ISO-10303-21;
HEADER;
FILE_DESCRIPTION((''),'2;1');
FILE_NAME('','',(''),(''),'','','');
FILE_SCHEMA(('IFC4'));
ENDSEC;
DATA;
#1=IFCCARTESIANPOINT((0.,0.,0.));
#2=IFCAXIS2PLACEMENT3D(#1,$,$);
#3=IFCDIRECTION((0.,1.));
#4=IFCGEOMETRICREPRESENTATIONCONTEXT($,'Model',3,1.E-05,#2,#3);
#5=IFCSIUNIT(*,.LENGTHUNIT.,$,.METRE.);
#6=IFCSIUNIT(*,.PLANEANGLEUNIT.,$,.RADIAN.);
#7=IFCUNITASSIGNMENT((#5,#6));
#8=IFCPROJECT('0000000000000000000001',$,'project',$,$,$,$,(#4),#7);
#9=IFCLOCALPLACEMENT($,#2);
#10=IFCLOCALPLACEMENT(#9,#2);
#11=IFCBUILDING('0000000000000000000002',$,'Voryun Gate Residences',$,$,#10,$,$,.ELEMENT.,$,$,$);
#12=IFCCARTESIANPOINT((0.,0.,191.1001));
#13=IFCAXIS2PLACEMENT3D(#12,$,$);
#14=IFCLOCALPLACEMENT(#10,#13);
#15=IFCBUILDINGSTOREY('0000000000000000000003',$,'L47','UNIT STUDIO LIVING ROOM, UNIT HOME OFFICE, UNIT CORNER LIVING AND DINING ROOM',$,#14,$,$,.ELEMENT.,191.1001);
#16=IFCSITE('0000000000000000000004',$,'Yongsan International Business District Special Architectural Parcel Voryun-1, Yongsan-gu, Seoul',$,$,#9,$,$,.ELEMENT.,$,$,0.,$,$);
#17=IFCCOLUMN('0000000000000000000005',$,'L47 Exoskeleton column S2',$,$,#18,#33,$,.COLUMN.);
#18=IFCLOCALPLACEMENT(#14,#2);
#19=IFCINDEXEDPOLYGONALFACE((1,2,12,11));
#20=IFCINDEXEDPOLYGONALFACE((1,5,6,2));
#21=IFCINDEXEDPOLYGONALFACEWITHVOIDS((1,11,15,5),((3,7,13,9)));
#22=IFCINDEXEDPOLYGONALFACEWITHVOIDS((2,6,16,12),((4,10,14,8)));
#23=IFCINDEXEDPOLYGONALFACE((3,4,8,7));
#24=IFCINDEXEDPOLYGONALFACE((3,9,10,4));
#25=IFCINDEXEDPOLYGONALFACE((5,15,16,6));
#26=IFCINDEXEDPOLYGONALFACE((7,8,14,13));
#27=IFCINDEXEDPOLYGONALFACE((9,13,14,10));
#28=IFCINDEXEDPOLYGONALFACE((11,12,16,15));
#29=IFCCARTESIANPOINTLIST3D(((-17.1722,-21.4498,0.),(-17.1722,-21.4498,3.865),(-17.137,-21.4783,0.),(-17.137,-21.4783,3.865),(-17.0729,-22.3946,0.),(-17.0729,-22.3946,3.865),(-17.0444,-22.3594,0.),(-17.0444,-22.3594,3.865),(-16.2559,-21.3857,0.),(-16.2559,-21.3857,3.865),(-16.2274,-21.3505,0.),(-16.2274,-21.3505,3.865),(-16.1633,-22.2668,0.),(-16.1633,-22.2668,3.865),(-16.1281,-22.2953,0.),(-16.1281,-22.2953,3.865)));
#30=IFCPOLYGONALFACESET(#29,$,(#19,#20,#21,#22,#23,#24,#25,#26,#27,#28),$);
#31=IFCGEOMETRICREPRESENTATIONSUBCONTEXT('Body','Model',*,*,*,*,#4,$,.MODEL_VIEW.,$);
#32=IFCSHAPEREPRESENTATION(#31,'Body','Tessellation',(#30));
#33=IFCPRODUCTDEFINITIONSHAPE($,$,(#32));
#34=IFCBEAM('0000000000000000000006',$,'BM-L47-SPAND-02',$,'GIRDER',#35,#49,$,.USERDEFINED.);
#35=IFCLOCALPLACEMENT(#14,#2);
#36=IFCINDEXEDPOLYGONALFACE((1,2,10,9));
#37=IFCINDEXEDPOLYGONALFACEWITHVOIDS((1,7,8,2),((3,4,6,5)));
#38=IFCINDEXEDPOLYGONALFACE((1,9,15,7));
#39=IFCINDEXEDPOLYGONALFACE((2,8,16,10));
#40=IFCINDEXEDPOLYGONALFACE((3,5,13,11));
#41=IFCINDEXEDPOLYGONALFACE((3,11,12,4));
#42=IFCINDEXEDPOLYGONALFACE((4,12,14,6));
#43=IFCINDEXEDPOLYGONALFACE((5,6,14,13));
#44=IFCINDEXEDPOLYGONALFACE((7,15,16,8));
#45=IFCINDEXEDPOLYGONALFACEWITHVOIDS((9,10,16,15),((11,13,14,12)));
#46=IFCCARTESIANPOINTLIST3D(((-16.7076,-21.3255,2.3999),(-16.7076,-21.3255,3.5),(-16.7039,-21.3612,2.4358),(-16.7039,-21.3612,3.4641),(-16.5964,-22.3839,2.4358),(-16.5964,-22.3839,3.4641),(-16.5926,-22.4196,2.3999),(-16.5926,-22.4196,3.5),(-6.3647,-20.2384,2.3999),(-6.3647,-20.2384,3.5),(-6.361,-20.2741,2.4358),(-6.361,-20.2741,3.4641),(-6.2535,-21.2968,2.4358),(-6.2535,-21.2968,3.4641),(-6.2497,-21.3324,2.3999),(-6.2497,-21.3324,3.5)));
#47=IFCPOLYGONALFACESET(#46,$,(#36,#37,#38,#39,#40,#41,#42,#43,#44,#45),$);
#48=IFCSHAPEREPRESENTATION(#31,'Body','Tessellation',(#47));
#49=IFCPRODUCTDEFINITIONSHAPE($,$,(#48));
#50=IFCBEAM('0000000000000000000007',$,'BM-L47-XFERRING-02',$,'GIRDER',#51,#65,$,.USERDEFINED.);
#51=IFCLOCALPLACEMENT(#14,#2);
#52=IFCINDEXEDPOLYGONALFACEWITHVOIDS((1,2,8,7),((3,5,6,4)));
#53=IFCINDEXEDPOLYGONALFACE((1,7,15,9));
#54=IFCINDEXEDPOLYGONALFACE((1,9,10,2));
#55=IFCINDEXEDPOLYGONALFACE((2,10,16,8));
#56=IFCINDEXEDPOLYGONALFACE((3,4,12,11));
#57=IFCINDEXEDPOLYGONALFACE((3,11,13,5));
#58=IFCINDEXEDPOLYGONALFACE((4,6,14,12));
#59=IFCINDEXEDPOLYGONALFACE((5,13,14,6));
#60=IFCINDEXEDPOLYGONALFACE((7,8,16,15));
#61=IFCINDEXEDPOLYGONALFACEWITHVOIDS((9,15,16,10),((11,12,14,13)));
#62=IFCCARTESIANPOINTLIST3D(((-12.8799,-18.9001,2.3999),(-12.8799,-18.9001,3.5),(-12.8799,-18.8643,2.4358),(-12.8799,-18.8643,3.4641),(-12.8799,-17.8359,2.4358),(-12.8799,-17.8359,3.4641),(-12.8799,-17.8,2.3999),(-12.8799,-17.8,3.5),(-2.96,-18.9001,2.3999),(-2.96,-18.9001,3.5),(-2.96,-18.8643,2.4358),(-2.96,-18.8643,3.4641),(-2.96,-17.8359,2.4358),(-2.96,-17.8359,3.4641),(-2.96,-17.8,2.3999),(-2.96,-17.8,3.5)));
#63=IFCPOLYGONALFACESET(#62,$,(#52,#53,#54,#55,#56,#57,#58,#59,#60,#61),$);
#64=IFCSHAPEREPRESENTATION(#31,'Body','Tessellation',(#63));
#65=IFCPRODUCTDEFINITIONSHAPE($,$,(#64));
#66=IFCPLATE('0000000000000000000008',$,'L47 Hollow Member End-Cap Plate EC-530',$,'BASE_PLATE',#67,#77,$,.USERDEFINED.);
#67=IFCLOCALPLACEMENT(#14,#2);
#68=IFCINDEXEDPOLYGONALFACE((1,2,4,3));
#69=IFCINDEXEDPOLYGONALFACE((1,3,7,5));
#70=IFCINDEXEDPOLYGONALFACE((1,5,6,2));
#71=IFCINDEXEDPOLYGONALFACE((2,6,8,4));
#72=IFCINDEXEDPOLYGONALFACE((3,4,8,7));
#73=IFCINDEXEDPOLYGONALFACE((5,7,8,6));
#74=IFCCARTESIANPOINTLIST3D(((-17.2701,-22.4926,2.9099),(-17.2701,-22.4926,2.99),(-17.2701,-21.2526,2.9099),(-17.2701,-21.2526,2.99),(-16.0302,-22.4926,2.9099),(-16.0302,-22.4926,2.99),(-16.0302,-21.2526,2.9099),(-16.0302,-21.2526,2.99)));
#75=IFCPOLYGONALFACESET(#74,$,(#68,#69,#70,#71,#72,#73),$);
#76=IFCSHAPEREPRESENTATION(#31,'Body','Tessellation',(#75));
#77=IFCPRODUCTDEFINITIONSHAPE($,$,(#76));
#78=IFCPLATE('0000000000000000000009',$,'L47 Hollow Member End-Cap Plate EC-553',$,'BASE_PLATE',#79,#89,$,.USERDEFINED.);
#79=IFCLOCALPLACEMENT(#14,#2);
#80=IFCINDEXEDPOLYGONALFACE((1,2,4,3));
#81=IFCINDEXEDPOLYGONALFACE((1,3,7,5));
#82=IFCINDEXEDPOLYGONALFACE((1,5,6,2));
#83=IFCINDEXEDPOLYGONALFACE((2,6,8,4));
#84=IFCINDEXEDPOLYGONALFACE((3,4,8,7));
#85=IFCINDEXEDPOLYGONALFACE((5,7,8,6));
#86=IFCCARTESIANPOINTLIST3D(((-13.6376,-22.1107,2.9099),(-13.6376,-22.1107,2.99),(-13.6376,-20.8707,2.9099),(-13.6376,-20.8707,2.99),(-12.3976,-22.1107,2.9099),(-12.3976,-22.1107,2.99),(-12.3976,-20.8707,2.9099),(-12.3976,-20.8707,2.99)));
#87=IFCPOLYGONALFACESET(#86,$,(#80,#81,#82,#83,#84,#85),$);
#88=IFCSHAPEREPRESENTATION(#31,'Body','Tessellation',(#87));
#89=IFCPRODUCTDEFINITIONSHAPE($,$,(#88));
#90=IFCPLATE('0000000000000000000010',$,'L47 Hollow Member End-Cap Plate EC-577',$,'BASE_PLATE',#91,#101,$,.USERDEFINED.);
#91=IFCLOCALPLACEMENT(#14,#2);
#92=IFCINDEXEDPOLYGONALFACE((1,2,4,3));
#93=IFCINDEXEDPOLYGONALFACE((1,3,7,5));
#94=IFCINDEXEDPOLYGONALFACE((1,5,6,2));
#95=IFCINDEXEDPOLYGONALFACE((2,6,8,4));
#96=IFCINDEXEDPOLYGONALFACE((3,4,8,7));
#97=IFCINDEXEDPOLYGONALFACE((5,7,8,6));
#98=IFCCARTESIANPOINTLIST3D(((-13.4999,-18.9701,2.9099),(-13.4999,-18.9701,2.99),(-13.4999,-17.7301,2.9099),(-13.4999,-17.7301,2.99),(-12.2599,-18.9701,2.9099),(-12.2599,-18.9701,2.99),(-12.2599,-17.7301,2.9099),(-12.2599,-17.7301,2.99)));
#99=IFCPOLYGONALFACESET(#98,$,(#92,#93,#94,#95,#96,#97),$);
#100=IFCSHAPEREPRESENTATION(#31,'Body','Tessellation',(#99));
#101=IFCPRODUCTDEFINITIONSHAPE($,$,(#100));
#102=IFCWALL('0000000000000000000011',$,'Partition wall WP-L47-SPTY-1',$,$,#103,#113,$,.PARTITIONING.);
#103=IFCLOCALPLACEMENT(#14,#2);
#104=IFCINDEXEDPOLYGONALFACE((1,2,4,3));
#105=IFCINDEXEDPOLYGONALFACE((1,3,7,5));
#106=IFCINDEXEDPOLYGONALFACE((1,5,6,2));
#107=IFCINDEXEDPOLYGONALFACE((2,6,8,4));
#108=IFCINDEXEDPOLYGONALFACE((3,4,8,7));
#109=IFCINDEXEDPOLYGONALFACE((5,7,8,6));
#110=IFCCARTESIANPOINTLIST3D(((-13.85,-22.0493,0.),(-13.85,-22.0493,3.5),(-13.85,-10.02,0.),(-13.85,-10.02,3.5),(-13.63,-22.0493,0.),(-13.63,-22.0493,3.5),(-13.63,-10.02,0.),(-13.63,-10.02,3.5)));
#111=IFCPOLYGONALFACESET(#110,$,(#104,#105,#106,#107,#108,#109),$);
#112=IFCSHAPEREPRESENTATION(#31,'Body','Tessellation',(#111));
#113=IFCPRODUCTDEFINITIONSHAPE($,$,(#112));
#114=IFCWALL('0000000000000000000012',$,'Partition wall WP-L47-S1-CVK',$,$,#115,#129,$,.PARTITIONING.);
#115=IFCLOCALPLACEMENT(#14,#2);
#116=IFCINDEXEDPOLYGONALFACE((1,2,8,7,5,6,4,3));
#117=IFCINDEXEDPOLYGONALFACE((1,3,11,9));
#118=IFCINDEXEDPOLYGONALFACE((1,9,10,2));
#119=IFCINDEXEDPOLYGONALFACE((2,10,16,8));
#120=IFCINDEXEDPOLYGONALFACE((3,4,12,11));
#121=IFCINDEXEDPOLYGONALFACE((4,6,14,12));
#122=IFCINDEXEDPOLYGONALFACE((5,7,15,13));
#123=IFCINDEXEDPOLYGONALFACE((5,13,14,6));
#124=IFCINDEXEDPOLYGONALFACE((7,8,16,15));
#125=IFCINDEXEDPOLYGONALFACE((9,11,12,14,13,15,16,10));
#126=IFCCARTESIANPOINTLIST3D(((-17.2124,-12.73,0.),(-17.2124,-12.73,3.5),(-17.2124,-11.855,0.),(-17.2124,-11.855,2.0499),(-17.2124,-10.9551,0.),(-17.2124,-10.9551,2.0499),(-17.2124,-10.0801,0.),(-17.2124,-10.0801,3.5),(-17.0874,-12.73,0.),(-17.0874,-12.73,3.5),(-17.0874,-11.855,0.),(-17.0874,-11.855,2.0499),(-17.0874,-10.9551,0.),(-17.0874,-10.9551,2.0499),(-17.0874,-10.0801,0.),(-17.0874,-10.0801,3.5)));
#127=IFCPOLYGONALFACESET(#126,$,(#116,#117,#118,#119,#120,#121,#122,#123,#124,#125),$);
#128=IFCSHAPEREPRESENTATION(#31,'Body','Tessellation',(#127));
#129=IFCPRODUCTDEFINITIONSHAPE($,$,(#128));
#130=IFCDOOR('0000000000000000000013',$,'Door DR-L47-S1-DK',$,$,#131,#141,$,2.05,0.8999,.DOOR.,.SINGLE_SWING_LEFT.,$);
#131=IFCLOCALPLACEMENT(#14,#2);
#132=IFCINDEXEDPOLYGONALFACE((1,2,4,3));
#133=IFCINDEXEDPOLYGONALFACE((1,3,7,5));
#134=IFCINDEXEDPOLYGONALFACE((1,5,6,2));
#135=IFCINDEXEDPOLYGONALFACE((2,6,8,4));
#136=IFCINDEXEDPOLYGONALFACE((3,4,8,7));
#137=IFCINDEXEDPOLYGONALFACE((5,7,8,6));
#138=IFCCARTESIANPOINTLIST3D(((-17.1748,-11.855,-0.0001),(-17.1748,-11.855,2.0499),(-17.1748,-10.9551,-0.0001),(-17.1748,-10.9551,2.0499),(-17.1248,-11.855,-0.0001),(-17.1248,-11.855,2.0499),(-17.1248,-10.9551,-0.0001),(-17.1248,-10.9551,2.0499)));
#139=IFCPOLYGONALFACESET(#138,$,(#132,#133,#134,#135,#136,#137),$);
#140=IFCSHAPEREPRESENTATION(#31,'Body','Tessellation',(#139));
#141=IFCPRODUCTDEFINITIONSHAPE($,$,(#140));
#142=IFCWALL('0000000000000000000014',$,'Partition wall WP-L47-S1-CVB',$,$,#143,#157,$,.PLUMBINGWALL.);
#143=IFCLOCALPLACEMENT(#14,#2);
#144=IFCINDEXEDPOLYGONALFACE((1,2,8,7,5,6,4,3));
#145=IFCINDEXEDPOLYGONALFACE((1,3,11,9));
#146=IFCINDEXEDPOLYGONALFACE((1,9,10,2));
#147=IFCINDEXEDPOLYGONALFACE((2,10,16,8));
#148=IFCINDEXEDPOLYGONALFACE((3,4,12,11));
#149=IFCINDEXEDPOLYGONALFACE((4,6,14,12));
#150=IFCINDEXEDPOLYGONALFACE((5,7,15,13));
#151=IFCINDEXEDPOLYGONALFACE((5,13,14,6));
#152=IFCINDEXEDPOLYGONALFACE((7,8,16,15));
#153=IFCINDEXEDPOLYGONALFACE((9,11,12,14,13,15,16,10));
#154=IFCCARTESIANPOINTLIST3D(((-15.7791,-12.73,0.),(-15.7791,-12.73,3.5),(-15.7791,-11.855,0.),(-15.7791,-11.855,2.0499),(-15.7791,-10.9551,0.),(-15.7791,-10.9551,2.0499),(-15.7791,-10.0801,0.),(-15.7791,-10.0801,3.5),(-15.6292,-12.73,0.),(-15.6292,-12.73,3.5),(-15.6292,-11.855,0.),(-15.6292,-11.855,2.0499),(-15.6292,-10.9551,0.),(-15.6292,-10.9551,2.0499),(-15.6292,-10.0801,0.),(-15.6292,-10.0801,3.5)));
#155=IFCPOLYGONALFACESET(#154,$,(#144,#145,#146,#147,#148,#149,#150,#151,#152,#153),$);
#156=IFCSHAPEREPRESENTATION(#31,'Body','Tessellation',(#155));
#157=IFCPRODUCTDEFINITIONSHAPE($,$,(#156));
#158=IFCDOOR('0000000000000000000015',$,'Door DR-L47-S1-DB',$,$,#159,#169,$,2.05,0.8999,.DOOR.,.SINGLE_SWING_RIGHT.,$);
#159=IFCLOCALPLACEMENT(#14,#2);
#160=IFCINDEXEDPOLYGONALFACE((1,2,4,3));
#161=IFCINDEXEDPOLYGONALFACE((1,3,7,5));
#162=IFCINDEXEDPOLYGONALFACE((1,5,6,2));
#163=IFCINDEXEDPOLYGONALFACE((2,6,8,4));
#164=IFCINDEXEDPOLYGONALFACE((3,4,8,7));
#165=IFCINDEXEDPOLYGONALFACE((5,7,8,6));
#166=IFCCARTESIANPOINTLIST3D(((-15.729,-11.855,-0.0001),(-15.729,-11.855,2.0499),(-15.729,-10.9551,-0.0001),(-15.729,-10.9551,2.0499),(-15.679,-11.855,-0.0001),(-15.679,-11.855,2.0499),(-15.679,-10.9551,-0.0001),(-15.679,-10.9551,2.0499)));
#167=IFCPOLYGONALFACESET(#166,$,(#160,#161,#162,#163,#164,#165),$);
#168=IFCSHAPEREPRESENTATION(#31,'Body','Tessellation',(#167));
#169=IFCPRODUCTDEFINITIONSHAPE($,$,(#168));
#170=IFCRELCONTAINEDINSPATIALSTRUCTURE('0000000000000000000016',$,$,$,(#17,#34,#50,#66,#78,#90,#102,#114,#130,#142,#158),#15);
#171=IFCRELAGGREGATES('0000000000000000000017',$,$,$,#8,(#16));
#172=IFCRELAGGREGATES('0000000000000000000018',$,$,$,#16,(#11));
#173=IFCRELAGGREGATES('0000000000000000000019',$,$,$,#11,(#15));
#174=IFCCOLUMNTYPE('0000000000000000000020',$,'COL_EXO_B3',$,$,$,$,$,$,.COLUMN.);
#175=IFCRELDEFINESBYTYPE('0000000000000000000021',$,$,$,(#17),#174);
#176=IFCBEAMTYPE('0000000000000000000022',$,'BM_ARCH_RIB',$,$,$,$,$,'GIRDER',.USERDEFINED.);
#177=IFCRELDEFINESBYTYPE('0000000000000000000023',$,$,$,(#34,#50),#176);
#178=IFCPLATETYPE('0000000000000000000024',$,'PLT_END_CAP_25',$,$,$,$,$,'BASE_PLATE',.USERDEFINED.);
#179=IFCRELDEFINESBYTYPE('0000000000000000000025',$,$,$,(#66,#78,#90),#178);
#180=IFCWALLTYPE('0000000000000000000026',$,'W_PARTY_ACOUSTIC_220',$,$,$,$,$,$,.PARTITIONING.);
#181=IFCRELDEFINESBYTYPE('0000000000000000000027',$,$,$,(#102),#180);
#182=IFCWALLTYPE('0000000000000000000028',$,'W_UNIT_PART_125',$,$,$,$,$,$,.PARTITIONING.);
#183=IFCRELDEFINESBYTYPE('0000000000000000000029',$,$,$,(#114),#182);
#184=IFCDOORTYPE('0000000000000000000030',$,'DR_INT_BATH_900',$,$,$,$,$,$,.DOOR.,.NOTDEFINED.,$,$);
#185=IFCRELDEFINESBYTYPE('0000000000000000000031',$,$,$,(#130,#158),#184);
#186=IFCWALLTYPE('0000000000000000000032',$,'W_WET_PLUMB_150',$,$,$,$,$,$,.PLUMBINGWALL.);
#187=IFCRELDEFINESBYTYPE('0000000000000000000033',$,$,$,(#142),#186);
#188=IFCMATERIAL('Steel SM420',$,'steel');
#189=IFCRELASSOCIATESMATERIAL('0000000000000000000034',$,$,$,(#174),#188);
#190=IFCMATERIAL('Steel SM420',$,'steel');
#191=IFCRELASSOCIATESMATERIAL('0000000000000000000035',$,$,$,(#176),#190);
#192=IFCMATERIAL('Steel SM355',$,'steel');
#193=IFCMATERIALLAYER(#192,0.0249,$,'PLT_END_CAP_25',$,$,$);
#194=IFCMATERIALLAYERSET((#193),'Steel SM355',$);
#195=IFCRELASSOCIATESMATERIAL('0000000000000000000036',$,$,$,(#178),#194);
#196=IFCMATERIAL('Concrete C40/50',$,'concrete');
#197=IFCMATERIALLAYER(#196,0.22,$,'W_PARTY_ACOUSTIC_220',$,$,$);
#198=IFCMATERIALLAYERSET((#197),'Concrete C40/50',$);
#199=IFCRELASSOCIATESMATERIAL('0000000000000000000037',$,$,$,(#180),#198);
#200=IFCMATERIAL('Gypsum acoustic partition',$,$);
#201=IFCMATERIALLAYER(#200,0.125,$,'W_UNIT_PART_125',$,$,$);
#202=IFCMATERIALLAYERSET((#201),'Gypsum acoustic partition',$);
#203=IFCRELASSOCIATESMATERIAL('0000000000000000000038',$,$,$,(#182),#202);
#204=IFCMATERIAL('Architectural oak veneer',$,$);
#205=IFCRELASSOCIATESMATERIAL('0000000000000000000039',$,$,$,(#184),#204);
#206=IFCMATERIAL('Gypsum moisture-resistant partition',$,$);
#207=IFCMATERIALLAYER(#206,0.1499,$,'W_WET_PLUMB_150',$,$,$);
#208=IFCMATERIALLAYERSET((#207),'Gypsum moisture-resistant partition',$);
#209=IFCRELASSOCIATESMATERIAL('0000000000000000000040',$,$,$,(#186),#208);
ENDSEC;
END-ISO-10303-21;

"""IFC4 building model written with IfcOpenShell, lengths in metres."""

from ifc_helpers import new_model, si_unit, direction, frame, frame_2d, origin, origin_2d, place, context, subcontext, project, spatial, rectangle, hollow_rectangle, extrude, material, layer, layer_set, material_profile, profile_set, type_object, element, fill, save


model = new_model("IFC4")

# Units and contexts
model_context = context("Model", 3, precision=1e-05, world=origin(), true_north=direction((0.0, 1.0)))
body_context = subcontext(model_context, "Body", "Model", "MODEL_VIEW")
ifc_project = project(units=[si_unit("LENGTHUNIT", "METRE"), si_unit("PLANEANGLEUNIT", "RADIAN")], contexts=[model_context])

# Site, building, storey
site_placement = place(None, origin())
site = spatial("IfcSite", under=ifc_project, at=site_placement, Name="Yongsan International Business District Special Architectural Parcel Voryun-1, Yongsan-gu, Seoul", CompositionType="ELEMENT", RefElevation=0.0)
building_placement = place(site_placement, origin())
building = spatial("IfcBuilding", under=site, at=building_placement, Name="Voryun Gate Residences", CompositionType="ELEMENT")
storey_placement = place(building_placement, frame((0.0, 0.0, 191.1001)))
storey = spatial("IfcBuildingStorey", under=building, at=storey_placement, Name="L47", Description="UNIT STUDIO LIVING ROOM, UNIT HOME OFFICE, UNIT CORNER LIVING AND DINING ROOM", CompositionType="ELEMENT", Elevation=191.1001)

# Column
ifc_material_1 = material(Name="Steel SM420", Category="steel")
ifc_material_profile_1 = material_profile(ifc_material_1, hollow_rectangle(XDim=0.95, YDim=0.95, WallThickness=0.032, at=origin_2d()), Name="BOX-950x950x32")
ifc_profile_set_1 = profile_set([ifc_material_profile_1], Name="Steel SM420")
column_type = type_object("IfcColumnType", Name="COL_EXO_B3", PredefinedType="COLUMN", material=ifc_profile_set_1)
column_placement = place(storey_placement, frame((-16.6501, -21.8726, 0.0), z_axis=(0.0, 0.0, 1.0), x_axis=(0.994522, 0.104528, 0.0)))
element("IfcColumn", 1, at=column_placement, inside=storey, type_object=column_type, Name="L47 Exoskeleton column S2", PredefinedType="COLUMN", context=body_context, shape_type="SweptSolid", body=[
    extrude(hollow_rectangle(XDim=0.95, YDim=0.95, WallThickness=0.032, at=origin_2d()), origin(), (0.0, 0.0, 1.0), 3.865),
])

# Beams
ifc_material_2 = material(Name="Steel SM420", Category="steel")
ifc_material_profile_2 = material_profile(ifc_material_2, hollow_rectangle(XDim=1.1001, YDim=1.1001, WallThickness=0.0359, at=origin_2d()), Name="BOX-1100x1100x36")
ifc_profile_set_2 = profile_set([ifc_material_profile_2], Name="Steel SM420")
beam_type = type_object("IfcBeamType", Name="BM_ARCH_RIB", ElementType="GIRDER", PredefinedType="USERDEFINED", material=ifc_profile_set_2)
beam_1_placement = place(storey_placement, frame((-16.6501, -21.8726, 2.95), z_axis=(0.994521, 0.104534, 0.0), x_axis=(-0.104534, 0.994521, 0.0)))
element("IfcBeam", 2, at=beam_1_placement, inside=storey, type_object=beam_type, Name="BM-L47-SPAND-02", ObjectType="GIRDER", PredefinedType="USERDEFINED", context=body_context, shape_type="SweptSolid", body=[
    extrude(hollow_rectangle(XDim=1.1001, YDim=1.1001, WallThickness=0.0359, at=origin_2d()), origin(), (0.0, 0.0, 1.0), 10.3999),
])
beam_2_placement = place(storey_placement, frame((-12.8799, -18.3501, 2.95), z_axis=(1.0, 0.0, 0.0), x_axis=(0.0, 1.0, 0.0)))
element("IfcBeam", 3, at=beam_2_placement, inside=storey, type_object=beam_type, Name="BM-L47-XFERRING-02", ObjectType="GIRDER", PredefinedType="USERDEFINED", context=body_context, shape_type="SweptSolid", body=[
    extrude(hollow_rectangle(XDim=1.1001, YDim=1.1001, WallThickness=0.0359, at=origin_2d()), origin(), (0.0, 0.0, 1.0), 9.9199),
])

# Plates
ifc_material_3 = material(Name="Steel SM355", Category="steel")
ifc_layer_1 = layer(ifc_material_3, 0.0249, Name="PLT_END_CAP_25")
ifc_layer_set_1 = layer_set([ifc_layer_1], Name="Steel SM355")
plate_type = type_object("IfcPlateType", Name="PLT_END_CAP_25", ElementType="BASE_PLATE", PredefinedType="USERDEFINED", material=ifc_layer_set_1)
for number, where, z_axis, x_axis, name in (
    (4, (-16.6501, -21.8726, 2.9099), (0.0, 0.0, 1.0), (1.0, 0.0, 0.0), "L47 Hollow Member End-Cap Plate EC-530"),
    (5, (-13.0176, -21.4907, 2.9099), (0.0, 0.0, 1.0), (1.0, 0.0, 0.0), "L47 Hollow Member End-Cap Plate EC-553"),
    (6, (-12.8799, -18.3501, 2.9099), (0.0, 0.0, 1.0), (1.0, 0.0, 0.0), "L47 Hollow Member End-Cap Plate EC-577"),
):
    element("IfcPlate", number, at=place(storey_placement, frame(where, z_axis=z_axis, x_axis=x_axis)), inside=storey, type_object=plate_type, Name=name, ObjectType="BASE_PLATE", PredefinedType="USERDEFINED", context=body_context, shape_type="SweptSolid", body=[
        extrude(rectangle(XDim=1.24, YDim=1.24, at=origin_2d()), origin(), (0.0, 0.0, 1.0), 0.0801),
    ])

# Wall
ifc_material_4 = material(Name="Concrete C40/50", Category="concrete")
ifc_layer_2 = layer(ifc_material_4, 0.22, Name="W_PARTY_ACOUSTIC_220")
ifc_layer_set_2 = layer_set([ifc_layer_2], Name="Concrete C40/50")
wall_type_1 = type_object("IfcWallType", Name="W_PARTY_ACOUSTIC_220", PredefinedType="PARTITIONING", material=ifc_layer_set_2)
wall_1_placement = place(storey_placement, frame((-13.74, -22.0493, 0.0), z_axis=(0.0, 0.0, 1.0), x_axis=(0.0, 1.0, 0.0)))
element("IfcWall", 7, at=wall_1_placement, inside=storey, type_object=wall_type_1, Name="Partition wall WP-L47-SPTY-1", PredefinedType="PARTITIONING", context=body_context, shape_type="SweptSolid", body=[
    extrude(rectangle(XDim=12.0293, YDim=0.22, at=frame_2d((6.0146, 0.0))), origin(), (0.0, 0.0, 1.0), 3.5),
])

# Walls, openings, doors
ifc_material_5 = material(Name="Gypsum acoustic partition")
ifc_layer_3 = layer(ifc_material_5, 0.125, Name="W_UNIT_PART_125")
ifc_layer_set_3 = layer_set([ifc_layer_3], Name="Gypsum acoustic partition")
wall_type_2 = type_object("IfcWallType", Name="W_UNIT_PART_125", PredefinedType="PARTITIONING", material=ifc_layer_set_3)
wall_2_placement = place(storey_placement, frame((-17.1499, -12.73, 0.0), z_axis=(0.0, 0.0, 1.0), x_axis=(0.0, 1.0, 0.0)))
wall_2 = element("IfcWall", 8, at=wall_2_placement, inside=storey, type_object=wall_type_2, Name="Partition wall WP-L47-S1-CVK", PredefinedType="PARTITIONING", context=body_context, shape_type="SweptSolid", body=[
    extrude(rectangle(XDim=2.6499, YDim=0.125, at=frame_2d((1.325, 0.0))), origin(), (0.0, 0.0, 1.0), 3.5),
])
opening_1_placement = place(wall_2_placement, frame((0.875, 0.0, 0.0)))
opening_1 = element("IfcOpeningElement", 9, at=opening_1_placement, cuts=wall_2, PredefinedType="OPENING", context=body_context, shape_type="SweptSolid", body=[
    extrude(rectangle(XDim=0.8999, YDim=2.05, at=frame_2d((0.45, 1.0249))), frame((0.0, 0.0725, 0.0), z_axis=(0.0, -1.0, 0.0), x_axis=(1.0, 0.0, 0.0)), (0.0, 0.0, 1.0), 0.145),
])
ifc_material_6 = material(Name="Architectural oak veneer")
door_type = type_object("IfcDoorType", Name="DR_INT_BATH_900", OperationType="NOTDEFINED", PredefinedType="DOOR", material=ifc_material_6)
door_1_placement = place(opening_1_placement, origin())
door_1 = element("IfcDoor", 10, at=door_1_placement, inside=storey, type_object=door_type, Name="Door DR-L47-S1-DK", OperationType="SINGLE_SWING_LEFT", OverallHeight=2.05, OverallWidth=0.8999, PredefinedType="DOOR", context=body_context, shape_type="SweptSolid", body=[
    extrude(rectangle(XDim=0.8999, YDim=2.05, at=frame_2d((0.45, 1.0249))), frame((0.0, 0.0249, 0.0), z_axis=(0.0, -1.0, 0.0), x_axis=(1.0, 0.0, 0.0)), (0.0, 0.0, 1.0), 0.05),
])
fill(opening_1, door_1)
ifc_material_7 = material(Name="Gypsum moisture-resistant partition")
ifc_layer_4 = layer(ifc_material_7, 0.1499, Name="W_WET_PLUMB_150")
ifc_layer_set_4 = layer_set([ifc_layer_4], Name="Gypsum moisture-resistant partition")
wall_type_3 = type_object("IfcWallType", Name="W_WET_PLUMB_150", PredefinedType="PLUMBINGWALL", material=ifc_layer_set_4)
wall_3_placement = place(storey_placement, frame((-15.7041, -12.73, 0.0), z_axis=(0.0, 0.0, 1.0), x_axis=(0.0, 1.0, 0.0)))
wall_3 = element("IfcWall", 11, at=wall_3_placement, inside=storey, type_object=wall_type_3, Name="Partition wall WP-L47-S1-CVB", PredefinedType="PLUMBINGWALL", context=body_context, shape_type="SweptSolid", body=[
    extrude(rectangle(XDim=2.6499, YDim=0.1499, at=frame_2d((1.325, 0.0))), origin(), (0.0, 0.0, 1.0), 3.5),
])
opening_2_placement = place(wall_3_placement, frame((0.875, 0.0, 0.0)))
opening_2 = element("IfcOpeningElement", 12, at=opening_2_placement, cuts=wall_3, PredefinedType="OPENING", context=body_context, shape_type="SweptSolid", body=[
    extrude(rectangle(XDim=0.8999, YDim=2.05, at=frame_2d((0.45, 1.0249))), frame((0.0, 0.085, 0.0), z_axis=(0.0, -1.0, 0.0), x_axis=(1.0, 0.0, 0.0)), (0.0, 0.0, 1.0), 0.1699),
])
door_2_placement = place(opening_2_placement, origin())
door_2 = element("IfcDoor", 13, at=door_2_placement, inside=storey, type_object=door_type, Name="Door DR-L47-S1-DB", OperationType="SINGLE_SWING_RIGHT", OverallHeight=2.05, OverallWidth=0.8999, PredefinedType="DOOR", context=body_context, shape_type="SweptSolid", body=[
    extrude(rectangle(XDim=0.8999, YDim=2.05, at=frame_2d((0.45, 1.0249))), frame((0.0, 0.0249, 0.0), z_axis=(0.0, -1.0, 0.0), x_axis=(1.0, 0.0, 0.0)), (0.0, 0.0, 1.0), 0.05),
])
fill(opening_2, door_2)

save(model, "model.ifc")
